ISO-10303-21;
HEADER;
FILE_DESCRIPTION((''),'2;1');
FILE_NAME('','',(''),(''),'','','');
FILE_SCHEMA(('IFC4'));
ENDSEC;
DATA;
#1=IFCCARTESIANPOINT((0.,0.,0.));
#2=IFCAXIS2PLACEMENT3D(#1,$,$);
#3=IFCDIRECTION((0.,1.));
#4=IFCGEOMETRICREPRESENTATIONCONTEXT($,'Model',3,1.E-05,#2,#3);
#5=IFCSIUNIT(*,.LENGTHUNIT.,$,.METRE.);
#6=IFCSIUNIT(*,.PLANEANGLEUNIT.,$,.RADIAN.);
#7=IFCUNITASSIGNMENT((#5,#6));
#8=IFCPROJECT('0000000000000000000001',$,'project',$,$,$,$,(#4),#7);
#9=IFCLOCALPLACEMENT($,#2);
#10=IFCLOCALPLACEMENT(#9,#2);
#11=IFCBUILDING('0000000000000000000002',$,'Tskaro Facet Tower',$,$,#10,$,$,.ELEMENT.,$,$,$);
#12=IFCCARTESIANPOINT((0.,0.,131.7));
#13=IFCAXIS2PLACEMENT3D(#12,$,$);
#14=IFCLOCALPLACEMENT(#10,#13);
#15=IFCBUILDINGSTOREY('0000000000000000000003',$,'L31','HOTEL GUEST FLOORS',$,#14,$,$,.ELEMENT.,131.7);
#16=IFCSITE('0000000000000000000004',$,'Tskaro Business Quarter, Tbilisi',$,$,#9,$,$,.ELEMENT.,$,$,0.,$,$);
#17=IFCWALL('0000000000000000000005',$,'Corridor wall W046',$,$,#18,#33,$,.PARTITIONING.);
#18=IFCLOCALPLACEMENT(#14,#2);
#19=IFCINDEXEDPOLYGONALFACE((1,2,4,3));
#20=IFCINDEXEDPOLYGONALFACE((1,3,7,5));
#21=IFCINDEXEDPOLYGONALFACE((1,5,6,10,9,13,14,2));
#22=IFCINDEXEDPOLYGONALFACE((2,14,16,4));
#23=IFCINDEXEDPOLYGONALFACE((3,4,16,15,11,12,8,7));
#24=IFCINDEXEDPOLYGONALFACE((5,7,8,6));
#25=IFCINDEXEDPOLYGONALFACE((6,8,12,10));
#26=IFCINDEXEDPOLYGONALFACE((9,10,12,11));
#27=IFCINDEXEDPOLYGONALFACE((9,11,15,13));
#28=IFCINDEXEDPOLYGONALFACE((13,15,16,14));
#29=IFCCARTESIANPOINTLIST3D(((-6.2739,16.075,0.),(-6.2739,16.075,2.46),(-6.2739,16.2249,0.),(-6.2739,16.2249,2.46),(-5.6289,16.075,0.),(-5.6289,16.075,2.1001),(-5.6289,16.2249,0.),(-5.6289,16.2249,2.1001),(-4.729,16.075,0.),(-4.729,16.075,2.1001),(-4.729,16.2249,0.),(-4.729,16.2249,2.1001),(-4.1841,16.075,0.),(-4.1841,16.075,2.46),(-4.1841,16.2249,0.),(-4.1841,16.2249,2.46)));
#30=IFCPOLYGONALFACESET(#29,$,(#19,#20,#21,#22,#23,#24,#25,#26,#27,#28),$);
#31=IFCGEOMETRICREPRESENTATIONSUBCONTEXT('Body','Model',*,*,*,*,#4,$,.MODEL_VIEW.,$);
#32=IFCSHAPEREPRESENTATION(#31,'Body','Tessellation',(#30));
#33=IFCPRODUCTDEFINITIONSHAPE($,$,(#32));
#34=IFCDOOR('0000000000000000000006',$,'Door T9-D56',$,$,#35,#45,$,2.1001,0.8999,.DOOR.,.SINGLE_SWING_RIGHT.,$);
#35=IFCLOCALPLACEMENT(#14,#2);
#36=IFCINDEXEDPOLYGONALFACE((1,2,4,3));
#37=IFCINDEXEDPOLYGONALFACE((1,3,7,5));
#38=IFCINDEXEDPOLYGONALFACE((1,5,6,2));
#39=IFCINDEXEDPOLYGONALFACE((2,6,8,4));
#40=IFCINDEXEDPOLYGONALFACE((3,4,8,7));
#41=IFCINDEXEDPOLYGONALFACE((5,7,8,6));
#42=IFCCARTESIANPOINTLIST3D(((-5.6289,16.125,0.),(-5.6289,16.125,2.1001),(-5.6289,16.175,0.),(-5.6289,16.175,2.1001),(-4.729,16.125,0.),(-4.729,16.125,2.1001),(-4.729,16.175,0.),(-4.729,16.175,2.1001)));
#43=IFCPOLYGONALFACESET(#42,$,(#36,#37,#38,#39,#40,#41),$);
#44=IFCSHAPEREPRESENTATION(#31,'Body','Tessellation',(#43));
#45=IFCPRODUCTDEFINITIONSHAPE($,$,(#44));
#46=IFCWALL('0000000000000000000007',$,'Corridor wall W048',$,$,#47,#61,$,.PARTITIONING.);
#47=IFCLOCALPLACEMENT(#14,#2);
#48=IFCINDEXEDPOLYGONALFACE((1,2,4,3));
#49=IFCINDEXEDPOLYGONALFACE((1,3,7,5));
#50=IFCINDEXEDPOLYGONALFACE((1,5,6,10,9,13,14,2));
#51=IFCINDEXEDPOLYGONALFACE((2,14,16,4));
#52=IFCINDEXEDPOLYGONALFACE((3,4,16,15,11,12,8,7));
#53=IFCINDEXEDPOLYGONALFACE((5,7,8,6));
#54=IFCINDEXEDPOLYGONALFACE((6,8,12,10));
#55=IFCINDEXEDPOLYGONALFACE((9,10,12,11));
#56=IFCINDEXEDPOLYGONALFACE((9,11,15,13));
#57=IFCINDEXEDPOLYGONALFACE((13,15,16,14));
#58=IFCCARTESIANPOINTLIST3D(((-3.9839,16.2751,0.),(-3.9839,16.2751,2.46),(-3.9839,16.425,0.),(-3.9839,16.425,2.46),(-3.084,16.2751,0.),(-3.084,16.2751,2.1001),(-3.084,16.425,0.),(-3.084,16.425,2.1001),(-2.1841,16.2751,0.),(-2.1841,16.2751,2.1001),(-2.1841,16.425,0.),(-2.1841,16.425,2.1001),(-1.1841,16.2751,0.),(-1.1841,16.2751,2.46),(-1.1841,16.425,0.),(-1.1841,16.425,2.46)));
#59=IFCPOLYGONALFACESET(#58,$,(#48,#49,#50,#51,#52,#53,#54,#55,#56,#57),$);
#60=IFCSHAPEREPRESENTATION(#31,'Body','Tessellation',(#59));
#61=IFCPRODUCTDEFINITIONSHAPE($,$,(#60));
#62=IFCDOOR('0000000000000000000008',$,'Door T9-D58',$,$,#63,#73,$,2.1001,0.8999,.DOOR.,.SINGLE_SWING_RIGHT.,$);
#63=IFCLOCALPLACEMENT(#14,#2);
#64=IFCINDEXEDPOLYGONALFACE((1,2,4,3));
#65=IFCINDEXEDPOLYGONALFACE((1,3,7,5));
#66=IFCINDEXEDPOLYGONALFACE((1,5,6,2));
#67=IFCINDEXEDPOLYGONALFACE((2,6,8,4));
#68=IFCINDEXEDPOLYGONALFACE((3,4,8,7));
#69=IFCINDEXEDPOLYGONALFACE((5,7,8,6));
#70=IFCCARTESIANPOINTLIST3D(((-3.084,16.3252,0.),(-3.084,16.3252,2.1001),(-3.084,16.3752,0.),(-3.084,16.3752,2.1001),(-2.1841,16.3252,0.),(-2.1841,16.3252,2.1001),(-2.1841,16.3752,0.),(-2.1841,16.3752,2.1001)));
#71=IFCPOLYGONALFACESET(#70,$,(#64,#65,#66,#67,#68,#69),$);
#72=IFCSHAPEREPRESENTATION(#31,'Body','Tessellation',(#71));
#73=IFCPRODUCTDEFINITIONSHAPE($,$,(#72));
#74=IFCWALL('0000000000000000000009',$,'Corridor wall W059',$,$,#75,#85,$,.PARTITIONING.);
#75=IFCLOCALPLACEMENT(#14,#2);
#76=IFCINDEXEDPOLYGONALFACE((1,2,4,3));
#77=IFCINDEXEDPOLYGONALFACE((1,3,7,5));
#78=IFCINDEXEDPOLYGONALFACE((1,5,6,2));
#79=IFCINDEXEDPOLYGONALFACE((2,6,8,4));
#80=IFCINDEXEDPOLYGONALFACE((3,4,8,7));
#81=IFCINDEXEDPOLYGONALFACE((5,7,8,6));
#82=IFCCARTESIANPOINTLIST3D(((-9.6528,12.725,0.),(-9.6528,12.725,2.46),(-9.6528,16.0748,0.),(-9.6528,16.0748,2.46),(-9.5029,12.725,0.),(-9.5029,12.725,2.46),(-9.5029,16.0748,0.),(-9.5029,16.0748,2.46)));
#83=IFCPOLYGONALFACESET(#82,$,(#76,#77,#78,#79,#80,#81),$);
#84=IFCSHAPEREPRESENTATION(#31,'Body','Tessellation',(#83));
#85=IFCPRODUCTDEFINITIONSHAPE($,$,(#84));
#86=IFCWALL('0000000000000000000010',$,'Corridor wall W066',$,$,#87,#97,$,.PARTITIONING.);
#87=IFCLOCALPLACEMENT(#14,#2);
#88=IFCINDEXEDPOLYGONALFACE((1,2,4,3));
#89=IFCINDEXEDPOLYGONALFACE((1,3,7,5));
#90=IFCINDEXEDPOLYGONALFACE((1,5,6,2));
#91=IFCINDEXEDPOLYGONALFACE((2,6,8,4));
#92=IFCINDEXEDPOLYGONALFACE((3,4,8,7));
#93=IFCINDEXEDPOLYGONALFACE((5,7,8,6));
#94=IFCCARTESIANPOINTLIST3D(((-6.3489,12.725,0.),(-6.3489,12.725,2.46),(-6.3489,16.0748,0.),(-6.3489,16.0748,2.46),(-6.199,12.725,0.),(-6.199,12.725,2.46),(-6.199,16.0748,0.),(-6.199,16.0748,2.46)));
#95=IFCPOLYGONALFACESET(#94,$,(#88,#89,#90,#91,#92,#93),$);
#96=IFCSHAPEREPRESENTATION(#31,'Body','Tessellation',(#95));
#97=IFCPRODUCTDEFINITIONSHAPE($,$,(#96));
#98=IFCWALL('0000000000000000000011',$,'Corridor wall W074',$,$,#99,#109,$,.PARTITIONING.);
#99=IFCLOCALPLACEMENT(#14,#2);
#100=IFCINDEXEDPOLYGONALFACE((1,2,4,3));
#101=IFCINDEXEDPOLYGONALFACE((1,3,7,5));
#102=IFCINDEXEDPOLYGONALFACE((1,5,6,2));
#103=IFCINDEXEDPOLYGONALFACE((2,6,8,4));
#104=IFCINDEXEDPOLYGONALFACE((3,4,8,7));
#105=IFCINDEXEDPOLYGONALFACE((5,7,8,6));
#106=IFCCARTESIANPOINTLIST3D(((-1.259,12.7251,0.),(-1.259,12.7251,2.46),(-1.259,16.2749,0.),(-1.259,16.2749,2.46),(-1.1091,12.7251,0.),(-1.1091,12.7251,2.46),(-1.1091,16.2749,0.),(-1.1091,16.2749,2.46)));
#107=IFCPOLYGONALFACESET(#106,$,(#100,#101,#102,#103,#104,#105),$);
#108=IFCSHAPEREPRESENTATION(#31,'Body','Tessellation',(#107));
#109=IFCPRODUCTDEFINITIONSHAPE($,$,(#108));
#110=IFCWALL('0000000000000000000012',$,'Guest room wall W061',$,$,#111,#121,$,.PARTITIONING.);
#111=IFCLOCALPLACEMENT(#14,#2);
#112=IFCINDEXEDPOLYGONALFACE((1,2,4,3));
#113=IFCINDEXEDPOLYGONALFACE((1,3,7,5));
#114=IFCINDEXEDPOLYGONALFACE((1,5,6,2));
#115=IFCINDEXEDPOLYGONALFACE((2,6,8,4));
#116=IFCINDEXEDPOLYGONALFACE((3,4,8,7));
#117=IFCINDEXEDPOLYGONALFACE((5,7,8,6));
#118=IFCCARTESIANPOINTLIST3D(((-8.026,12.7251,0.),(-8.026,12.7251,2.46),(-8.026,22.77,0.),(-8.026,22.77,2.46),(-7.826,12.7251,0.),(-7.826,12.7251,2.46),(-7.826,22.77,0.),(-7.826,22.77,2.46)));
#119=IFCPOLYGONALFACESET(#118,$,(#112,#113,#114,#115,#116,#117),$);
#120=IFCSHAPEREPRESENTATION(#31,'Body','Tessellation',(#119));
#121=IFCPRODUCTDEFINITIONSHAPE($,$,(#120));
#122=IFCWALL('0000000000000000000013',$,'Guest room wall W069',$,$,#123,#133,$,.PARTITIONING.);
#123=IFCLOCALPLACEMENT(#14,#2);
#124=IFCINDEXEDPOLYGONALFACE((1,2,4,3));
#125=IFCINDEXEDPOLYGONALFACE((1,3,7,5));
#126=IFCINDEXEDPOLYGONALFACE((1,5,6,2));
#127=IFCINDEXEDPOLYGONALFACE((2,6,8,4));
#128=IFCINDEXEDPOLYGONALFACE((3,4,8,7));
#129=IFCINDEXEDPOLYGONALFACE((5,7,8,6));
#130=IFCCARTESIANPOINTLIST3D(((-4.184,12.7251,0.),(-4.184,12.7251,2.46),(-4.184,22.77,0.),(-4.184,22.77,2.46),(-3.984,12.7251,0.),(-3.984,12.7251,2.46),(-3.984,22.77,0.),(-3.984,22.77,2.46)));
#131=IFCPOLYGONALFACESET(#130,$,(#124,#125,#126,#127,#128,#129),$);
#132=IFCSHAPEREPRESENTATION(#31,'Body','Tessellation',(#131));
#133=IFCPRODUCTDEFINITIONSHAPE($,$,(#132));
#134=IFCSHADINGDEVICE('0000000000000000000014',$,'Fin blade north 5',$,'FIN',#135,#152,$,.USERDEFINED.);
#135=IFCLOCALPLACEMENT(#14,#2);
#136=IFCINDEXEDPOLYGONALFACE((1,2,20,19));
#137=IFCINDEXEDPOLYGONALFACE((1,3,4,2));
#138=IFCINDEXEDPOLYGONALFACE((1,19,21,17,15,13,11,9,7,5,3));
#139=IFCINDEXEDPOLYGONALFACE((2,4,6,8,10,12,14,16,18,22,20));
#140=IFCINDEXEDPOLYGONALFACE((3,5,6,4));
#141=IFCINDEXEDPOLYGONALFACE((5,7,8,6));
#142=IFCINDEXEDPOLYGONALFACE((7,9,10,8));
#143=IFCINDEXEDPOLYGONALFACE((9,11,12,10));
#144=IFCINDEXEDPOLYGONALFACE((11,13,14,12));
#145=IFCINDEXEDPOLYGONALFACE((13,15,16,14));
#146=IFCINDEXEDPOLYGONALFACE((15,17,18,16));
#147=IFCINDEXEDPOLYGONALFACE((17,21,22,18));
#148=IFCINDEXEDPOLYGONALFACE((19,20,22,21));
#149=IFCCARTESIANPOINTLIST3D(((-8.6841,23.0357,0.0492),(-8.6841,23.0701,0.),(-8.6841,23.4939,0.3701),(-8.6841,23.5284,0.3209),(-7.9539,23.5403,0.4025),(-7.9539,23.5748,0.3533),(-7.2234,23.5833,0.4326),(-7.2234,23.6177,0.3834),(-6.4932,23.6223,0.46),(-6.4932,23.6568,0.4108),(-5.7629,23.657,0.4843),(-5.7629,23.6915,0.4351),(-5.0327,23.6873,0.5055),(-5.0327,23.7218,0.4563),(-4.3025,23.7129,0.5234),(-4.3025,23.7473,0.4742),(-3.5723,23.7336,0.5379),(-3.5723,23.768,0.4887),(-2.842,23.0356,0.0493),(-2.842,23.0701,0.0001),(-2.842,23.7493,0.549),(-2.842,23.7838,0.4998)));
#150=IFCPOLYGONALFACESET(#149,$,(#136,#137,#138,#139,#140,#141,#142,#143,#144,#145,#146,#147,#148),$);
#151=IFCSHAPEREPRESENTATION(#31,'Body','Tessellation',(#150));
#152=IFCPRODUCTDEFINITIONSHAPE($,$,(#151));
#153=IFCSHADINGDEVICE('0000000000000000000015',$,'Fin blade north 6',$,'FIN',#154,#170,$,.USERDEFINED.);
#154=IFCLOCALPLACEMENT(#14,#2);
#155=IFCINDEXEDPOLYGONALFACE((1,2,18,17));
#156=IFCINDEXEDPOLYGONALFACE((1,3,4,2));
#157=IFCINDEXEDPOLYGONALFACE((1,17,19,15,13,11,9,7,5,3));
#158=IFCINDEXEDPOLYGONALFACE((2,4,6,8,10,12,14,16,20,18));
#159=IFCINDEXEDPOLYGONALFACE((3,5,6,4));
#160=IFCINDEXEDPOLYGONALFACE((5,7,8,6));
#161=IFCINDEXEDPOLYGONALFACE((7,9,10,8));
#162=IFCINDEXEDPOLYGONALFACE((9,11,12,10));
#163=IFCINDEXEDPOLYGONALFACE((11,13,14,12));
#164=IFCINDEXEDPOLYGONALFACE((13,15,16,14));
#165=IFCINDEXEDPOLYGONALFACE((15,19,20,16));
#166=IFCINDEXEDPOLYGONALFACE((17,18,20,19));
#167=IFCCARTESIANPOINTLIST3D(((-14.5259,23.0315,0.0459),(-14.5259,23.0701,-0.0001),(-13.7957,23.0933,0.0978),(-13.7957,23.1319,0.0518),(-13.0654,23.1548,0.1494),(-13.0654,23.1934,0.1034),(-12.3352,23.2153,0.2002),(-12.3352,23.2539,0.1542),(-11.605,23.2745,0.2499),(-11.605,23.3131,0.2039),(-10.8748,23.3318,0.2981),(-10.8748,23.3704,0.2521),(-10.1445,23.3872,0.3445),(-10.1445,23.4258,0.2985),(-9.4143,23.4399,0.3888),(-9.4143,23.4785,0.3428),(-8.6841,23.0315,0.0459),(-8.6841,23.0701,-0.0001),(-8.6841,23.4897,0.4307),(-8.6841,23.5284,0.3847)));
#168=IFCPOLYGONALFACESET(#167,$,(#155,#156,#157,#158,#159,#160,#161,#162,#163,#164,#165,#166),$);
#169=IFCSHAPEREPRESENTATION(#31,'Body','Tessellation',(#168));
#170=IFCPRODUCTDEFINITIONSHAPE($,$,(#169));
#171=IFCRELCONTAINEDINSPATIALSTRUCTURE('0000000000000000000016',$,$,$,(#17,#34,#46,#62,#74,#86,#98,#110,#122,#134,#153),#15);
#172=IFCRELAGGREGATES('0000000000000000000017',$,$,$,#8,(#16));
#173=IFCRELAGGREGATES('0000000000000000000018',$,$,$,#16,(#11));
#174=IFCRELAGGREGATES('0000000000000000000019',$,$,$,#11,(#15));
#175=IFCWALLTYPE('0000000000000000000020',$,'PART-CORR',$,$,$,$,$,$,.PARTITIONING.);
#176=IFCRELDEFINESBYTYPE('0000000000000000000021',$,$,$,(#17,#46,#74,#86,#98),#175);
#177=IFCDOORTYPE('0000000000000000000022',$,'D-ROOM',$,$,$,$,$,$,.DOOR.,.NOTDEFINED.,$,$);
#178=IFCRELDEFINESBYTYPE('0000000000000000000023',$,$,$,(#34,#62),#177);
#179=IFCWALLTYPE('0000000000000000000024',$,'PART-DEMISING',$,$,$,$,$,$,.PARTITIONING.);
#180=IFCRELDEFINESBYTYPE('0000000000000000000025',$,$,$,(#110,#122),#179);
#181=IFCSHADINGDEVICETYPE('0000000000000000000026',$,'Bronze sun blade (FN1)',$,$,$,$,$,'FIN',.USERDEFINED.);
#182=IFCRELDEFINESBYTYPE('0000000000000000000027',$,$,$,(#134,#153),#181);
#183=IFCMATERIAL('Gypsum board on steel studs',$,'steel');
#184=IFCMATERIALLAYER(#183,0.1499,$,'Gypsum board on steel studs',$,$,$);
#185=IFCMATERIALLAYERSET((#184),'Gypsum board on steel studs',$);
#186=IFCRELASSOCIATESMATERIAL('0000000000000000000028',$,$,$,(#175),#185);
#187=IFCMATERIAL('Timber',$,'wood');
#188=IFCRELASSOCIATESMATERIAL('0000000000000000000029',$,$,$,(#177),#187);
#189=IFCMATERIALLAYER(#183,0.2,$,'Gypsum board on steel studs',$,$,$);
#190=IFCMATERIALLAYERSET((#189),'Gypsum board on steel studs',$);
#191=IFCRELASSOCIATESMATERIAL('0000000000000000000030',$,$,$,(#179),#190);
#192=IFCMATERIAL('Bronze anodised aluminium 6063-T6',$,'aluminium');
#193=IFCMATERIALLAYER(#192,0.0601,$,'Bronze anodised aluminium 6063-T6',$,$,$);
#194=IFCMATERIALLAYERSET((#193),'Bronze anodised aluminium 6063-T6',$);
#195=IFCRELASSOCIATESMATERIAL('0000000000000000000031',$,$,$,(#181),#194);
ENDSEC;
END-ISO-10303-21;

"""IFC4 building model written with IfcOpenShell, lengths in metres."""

from ifc_helpers import new_model, si_unit, direction, frame, frame_2d, origin, place, context, subcontext, project, spatial, polyline, rectangle, outline, extrude, material, layer, layer_set, type_object, element, fill, save


model = new_model("IFC4")

# Units and contexts
model_context = context("Model", 3, precision=1e-05, world=origin(), true_north=direction((0.0, 1.0)))
body_context = subcontext(model_context, "Body", "Model", "MODEL_VIEW")
ifc_project = project(units=[si_unit("LENGTHUNIT", "METRE"), si_unit("PLANEANGLEUNIT", "RADIAN")], contexts=[model_context])

# Site, building, storey
site_placement = place(None, origin())
site = spatial("IfcSite", under=ifc_project, at=site_placement, Name="Tskaro Business Quarter, Tbilisi", CompositionType="ELEMENT", RefElevation=0.0)
building_placement = place(site_placement, origin())
building = spatial("IfcBuilding", under=site, at=building_placement, Name="Tskaro Facet Tower", CompositionType="ELEMENT")
storey_placement = place(building_placement, frame((0.0, 0.0, 131.7)))
storey = spatial("IfcBuildingStorey", under=building, at=storey_placement, Name="L31", Description="HOTEL GUEST FLOORS", CompositionType="ELEMENT", Elevation=131.7)

# Shared definitions
ifc_material_1 = material(Name="Bronze anodised aluminium 6063-T6", Category="aluminium")

# Shared definitions
ifc_material_2 = material(Name="Gypsum board on steel studs", Category="steel")
ifc_layer_1 = layer(ifc_material_2, 0.1499, Name="Gypsum board on steel studs")
ifc_layer_set_1 = layer_set([ifc_layer_1], Name="Gypsum board on steel studs")
wall_type_1 = type_object("IfcWallType", Name="PART-CORR", PredefinedType="PARTITIONING", material=ifc_layer_set_1)
ifc_material_3 = material(Name="Timber", Category="wood")
door_type_1 = type_object("IfcDoorType", Name="D-ROOM", OperationType="NOTDEFINED", PredefinedType="DOOR", material=ifc_material_3)

# Walls, openings, doors
wall_1_placement = place(storey_placement, frame((-4.1841, 16.1499, 0.0), z_axis=(0.0, 0.0, 1.0), x_axis=(-1.0, 0.0, 0.0)))
wall_1 = element("IfcWall", 1, at=wall_1_placement, inside=storey, type_object=wall_type_1, Name="Corridor wall W046", PredefinedType="PARTITIONING", context=body_context, shape_type="SweptSolid", body=[
    extrude(rectangle(XDim=2.0898, YDim=0.1499, at=frame_2d((1.0449, 0.0))), origin(), (0.0, 0.0, 1.0), 2.46),
])
opening_1_placement = place(wall_1_placement, frame((0.5449, 0.0, 0.0)))
opening_1 = element("IfcOpeningElement", 2, at=opening_1_placement, cuts=wall_1, PredefinedType="OPENING", context=body_context, shape_type="SweptSolid", body=[
    extrude(rectangle(XDim=0.8999, YDim=2.1001, at=frame_2d((0.45, 1.05))), frame((0.0, 0.085, 0.0), z_axis=(0.0, -1.0, 0.0), x_axis=(1.0, 0.0, 0.0)), (0.0, 0.0, 1.0), 0.1699),
])
door_1_placement = place(opening_1_placement, origin())
door_1 = element("IfcDoor", 3, at=door_1_placement, inside=storey, type_object=door_type_1, Name="Door T9-D56", OperationType="SINGLE_SWING_RIGHT", OverallHeight=2.1001, OverallWidth=0.8999, PredefinedType="DOOR", context=body_context, shape_type="SweptSolid", body=[
    extrude(rectangle(XDim=0.8999, YDim=2.1001, at=frame_2d((0.45, 1.05))), frame((0.0, 0.0249, 0.0), z_axis=(0.0, -1.0, 0.0), x_axis=(1.0, 0.0, 0.0)), (0.0, 0.0, 1.0), 0.05),
])
fill(opening_1, door_1)
wall_2_placement = place(storey_placement, frame((-1.1841, 16.3501, 0.0), z_axis=(0.0, 0.0, 1.0), x_axis=(-1.0, 0.0, 0.0)))
wall_2 = element("IfcWall", 4, at=wall_2_placement, inside=storey, type_object=wall_type_1, Name="Corridor wall W048", PredefinedType="PARTITIONING", context=body_context, shape_type="SweptSolid", body=[
    extrude(rectangle(XDim=2.7998, YDim=0.1499, at=frame_2d((1.3999, 0.0))), origin(), (0.0, 0.0, 1.0), 2.46),
])
opening_2_placement = place(wall_2_placement, frame((1.0, 0.0, 0.0)))
opening_2 = element("IfcOpeningElement", 5, at=opening_2_placement, cuts=wall_2, PredefinedType="OPENING", context=body_context, shape_type="SweptSolid", body=[
    extrude(rectangle(XDim=0.8999, YDim=2.1001, at=frame_2d((0.45, 1.05))), frame((0.0, 0.085, 0.0), z_axis=(0.0, -1.0, 0.0), x_axis=(1.0, 0.0, 0.0)), (0.0, 0.0, 1.0), 0.1699),
])
door_2_placement = place(opening_2_placement, origin())
door_2 = element("IfcDoor", 6, at=door_2_placement, inside=storey, type_object=door_type_1, Name="Door T9-D58", OperationType="SINGLE_SWING_RIGHT", OverallHeight=2.1001, OverallWidth=0.8999, PredefinedType="DOOR", context=body_context, shape_type="SweptSolid", body=[
    extrude(rectangle(XDim=0.8999, YDim=2.1001, at=frame_2d((0.45, 1.05))), frame((0.0, 0.0249, 0.0), z_axis=(0.0, -1.0, 0.0), x_axis=(1.0, 0.0, 0.0)), (0.0, 0.0, 1.0), 0.05),
])
fill(opening_2, door_2)

# Walls
for number, where, z_axis, x_axis, name in (
    (7, (-9.5779, 12.7251, 0.0), (0.0, 0.0, 1.0), (0.0, 1.0, 0.0), "Corridor wall W059"),
    (8, (-6.2739, 12.7251, 0.0), (0.0, 0.0, 1.0), (0.0, 1.0, 0.0), "Corridor wall W066"),
):
    element("IfcWall", number, at=place(storey_placement, frame(where, z_axis=z_axis, x_axis=x_axis)), inside=storey, type_object=wall_type_1, Name=name, PredefinedType="PARTITIONING", context=body_context, shape_type="SweptSolid", body=[
        extrude(rectangle(XDim=3.3499, YDim=0.1499, at=frame_2d((1.6748, 0.0))), origin(), (0.0, 0.0, 1.0), 2.46),
    ])
wall_3_placement = place(storey_placement, frame((-1.1841, 12.7251, 0.0), z_axis=(0.0, 0.0, 1.0), x_axis=(0.0, 1.0, 0.0)))
element("IfcWall", 9, at=wall_3_placement, inside=storey, type_object=wall_type_1, Name="Corridor wall W074", PredefinedType="PARTITIONING", context=body_context, shape_type="SweptSolid", body=[
    extrude(rectangle(XDim=3.5498, YDim=0.1499, at=frame_2d((1.7749, 0.0))), origin(), (0.0, 0.0, 1.0), 2.46),
])
ifc_layer_2 = layer(ifc_material_2, 0.2, Name="Gypsum board on steel studs")
ifc_layer_set_2 = layer_set([ifc_layer_2], Name="Gypsum board on steel studs")
wall_type_2 = type_object("IfcWallType", Name="PART-DEMISING", PredefinedType="PARTITIONING", material=ifc_layer_set_2)
for number, where, z_axis, x_axis, name in (
    (10, (-7.926, 12.7251, 0.0), (0.0, 0.0, 1.0), (0.0, 1.0, 0.0), "Guest room wall W061"),
    (11, (-4.084, 12.7251, 0.0), (0.0, 0.0, 1.0), (0.0, 1.0, 0.0), "Guest room wall W069"),
):
    element("IfcWall", number, at=place(storey_placement, frame(where, z_axis=z_axis, x_axis=x_axis)), inside=storey, type_object=wall_type_2, Name=name, PredefinedType="PARTITIONING", context=body_context, shape_type="SweptSolid", body=[
        extrude(rectangle(XDim=10.0449, YDim=0.2, at=frame_2d((5.0225, 0.0))), origin(), (0.0, 0.0, 1.0), 2.46),
    ])

# Shading devices
ifc_layer_3 = layer(ifc_material_1, 0.0601, Name="Bronze anodised aluminium 6063-T6")
ifc_layer_set_3 = layer_set([ifc_layer_3], Name="Bronze anodised aluminium 6063-T6")
shading_device_type = type_object("IfcShadingDeviceType", Name="Bronze sun blade (FN1)", ElementType="FIN", PredefinedType="USERDEFINED", material=ifc_layer_set_3)
shading_device_1_placement = place(storey_placement, frame((-2.842, 23.0356, 0.0493), z_axis=(-0.000014, -0.573504, 0.819203), x_axis=(-1.0, 0.000008, -0.000012)))
element("IfcShadingDevice", 12, at=shading_device_1_placement, inside=storey, type_object=shading_device_type, Name="Fin blade north 5", ObjectType="FIN", PredefinedType="USERDEFINED", context=body_context, shape_type="SweptSolid", body=[
    extrude(outline(polyline([(0.0, 0.0), (5.842, 0.0), (5.842, -0.5594), (5.1118, -0.616), (4.3813, -0.6684), (3.6511, -0.7161), (2.9209, -0.7585), (2.1907, -0.7955), (1.4604, -0.8267), (0.7302, -0.852), (0.0, -0.8712), (0.0, 0.0)])), origin(), (0.0, 0.0, -1.0), 0.0601),
])
shading_device_2_placement = place(storey_placement, frame((-8.6841, 23.0315, 0.0459), z_axis=(0.000001, -0.643032, 0.765839), x_axis=(-1.0, -0.000001, 0.000001)))
element("IfcShadingDevice", 13, at=shading_device_2_placement, inside=storey, type_object=shading_device_type, Name="Fin blade north 6", ObjectType="FIN", PredefinedType="USERDEFINED", context=body_context, shape_type="SweptSolid", body=[
    extrude(outline(polyline([(0.0, 0.0), (5.8418, 0.0), (5.1116, -0.0807), (4.3813, -0.161), (3.6511, -0.24), (2.9209, -0.3173), (2.1907, -0.3921), (1.4604, -0.4644), (0.7302, -0.5332), (0.0, -0.5984), (0.0, 0.0)])), origin(), (0.0, 0.0, -1.0), 0.0601),
])

save(model, "model.ifc")
